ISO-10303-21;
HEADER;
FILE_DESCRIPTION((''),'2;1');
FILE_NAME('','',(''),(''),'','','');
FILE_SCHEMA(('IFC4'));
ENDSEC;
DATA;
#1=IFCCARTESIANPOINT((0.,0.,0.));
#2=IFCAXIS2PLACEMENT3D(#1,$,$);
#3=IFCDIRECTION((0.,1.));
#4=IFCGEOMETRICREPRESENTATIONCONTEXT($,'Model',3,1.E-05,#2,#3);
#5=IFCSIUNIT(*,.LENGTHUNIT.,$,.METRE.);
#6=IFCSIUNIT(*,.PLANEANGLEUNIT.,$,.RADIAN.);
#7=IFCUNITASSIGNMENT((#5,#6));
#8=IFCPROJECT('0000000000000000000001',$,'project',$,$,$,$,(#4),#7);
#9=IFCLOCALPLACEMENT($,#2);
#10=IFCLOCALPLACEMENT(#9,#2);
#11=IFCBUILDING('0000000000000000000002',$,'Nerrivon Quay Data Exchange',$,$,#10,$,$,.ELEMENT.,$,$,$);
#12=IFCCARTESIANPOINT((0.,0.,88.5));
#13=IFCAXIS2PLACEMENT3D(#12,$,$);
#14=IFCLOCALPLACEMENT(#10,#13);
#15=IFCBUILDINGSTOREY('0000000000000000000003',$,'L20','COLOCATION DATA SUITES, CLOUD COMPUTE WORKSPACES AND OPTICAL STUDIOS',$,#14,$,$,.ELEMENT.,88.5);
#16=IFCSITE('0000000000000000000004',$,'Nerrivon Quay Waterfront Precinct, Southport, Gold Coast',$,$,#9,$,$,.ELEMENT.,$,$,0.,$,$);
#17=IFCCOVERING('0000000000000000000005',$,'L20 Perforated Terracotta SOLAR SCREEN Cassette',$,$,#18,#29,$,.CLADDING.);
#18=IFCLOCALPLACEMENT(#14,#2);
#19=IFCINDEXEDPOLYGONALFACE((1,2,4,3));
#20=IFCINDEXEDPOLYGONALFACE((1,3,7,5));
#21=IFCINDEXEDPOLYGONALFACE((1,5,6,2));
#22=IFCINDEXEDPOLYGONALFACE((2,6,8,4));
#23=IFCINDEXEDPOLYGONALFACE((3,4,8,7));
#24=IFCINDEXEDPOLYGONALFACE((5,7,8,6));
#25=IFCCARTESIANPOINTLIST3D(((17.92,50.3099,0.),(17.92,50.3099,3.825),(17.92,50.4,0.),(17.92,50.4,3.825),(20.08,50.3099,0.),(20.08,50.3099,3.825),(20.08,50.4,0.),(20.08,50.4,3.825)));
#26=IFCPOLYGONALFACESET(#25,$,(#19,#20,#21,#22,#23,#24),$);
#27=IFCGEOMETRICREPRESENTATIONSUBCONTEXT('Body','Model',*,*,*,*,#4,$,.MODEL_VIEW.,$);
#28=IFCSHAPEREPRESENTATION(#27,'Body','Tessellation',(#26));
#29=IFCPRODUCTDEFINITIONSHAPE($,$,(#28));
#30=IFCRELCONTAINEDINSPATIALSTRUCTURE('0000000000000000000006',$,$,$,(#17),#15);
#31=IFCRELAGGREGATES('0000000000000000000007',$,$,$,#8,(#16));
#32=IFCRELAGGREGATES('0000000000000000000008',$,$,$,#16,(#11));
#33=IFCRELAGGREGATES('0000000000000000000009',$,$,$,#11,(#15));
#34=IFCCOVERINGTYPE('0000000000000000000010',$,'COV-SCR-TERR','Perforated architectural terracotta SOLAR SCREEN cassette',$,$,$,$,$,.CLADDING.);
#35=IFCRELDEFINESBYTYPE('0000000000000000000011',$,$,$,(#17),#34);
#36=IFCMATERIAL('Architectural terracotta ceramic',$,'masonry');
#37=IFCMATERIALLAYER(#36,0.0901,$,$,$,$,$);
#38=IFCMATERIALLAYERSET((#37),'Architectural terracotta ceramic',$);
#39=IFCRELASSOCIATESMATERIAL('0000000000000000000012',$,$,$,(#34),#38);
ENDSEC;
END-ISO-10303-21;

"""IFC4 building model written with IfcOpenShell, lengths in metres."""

from ifc_helpers import new_model, si_unit, direction, frame, origin, origin_2d, place, context, subcontext, project, spatial, rectangle, extrude, material, layer, layer_set, type_object, element, save


model = new_model("IFC4")

# Units and contexts
model_context = context("Model", 3, precision=1e-05, world=origin(), true_north=direction((0.0, 1.0)))
body_context = subcontext(model_context, "Body", "Model", "MODEL_VIEW")
ifc_project = project(units=[si_unit("LENGTHUNIT", "METRE"), si_unit("PLANEANGLEUNIT", "RADIAN")], contexts=[model_context])

# Site, building, storey
site_placement = place(None, origin())
site = spatial("IfcSite", under=ifc_project, at=site_placement, Name="Nerrivon Quay Waterfront Precinct, Southport, Gold Coast", CompositionType="ELEMENT", RefElevation=0.0)
building_placement = place(site_placement, origin())
building = spatial("IfcBuilding", under=site, at=building_placement, Name="Nerrivon Quay Data Exchange", CompositionType="ELEMENT")
storey_placement = place(building_placement, frame((0.0, 0.0, 88.5)))
storey = spatial("IfcBuildingStorey", under=building, at=storey_placement, Name="L20", Description="COLOCATION DATA SUITES, CLOUD COMPUTE WORKSPACES AND OPTICAL STUDIOS", CompositionType="ELEMENT", Elevation=88.5)

# Covering
ifc_material_1 = material(Name="Architectural terracotta ceramic", Category="masonry")
ifc_layer_1 = layer(ifc_material_1, 0.0901)
ifc_layer_set_1 = layer_set([ifc_layer_1], Name="Architectural terracotta ceramic")
covering_type = type_object("IfcCoveringType", Name="COV-SCR-TERR", Description="Perforated architectural terracotta SOLAR SCREEN cassette", PredefinedType="CLADDING", material=ifc_layer_set_1)
covering_1_placement = place(storey_placement, frame((19.0, 50.355, 0.0), z_axis=(0.0, 0.0, 1.0), x_axis=(1.0, 0.0, 0.0)))
element("IfcCovering", 1, at=covering_1_placement, inside=storey, type_object=covering_type, Name="L20 Perforated Terracotta SOLAR SCREEN Cassette", PredefinedType="CLADDING", context=body_context, shape_type="SweptSolid", body=[
    extrude(rectangle(XDim=2.1599, YDim=0.0901, at=origin_2d()), origin(), (0.0, 0.0, 1.0), 3.825),
])

save(model, "model.ifc")
